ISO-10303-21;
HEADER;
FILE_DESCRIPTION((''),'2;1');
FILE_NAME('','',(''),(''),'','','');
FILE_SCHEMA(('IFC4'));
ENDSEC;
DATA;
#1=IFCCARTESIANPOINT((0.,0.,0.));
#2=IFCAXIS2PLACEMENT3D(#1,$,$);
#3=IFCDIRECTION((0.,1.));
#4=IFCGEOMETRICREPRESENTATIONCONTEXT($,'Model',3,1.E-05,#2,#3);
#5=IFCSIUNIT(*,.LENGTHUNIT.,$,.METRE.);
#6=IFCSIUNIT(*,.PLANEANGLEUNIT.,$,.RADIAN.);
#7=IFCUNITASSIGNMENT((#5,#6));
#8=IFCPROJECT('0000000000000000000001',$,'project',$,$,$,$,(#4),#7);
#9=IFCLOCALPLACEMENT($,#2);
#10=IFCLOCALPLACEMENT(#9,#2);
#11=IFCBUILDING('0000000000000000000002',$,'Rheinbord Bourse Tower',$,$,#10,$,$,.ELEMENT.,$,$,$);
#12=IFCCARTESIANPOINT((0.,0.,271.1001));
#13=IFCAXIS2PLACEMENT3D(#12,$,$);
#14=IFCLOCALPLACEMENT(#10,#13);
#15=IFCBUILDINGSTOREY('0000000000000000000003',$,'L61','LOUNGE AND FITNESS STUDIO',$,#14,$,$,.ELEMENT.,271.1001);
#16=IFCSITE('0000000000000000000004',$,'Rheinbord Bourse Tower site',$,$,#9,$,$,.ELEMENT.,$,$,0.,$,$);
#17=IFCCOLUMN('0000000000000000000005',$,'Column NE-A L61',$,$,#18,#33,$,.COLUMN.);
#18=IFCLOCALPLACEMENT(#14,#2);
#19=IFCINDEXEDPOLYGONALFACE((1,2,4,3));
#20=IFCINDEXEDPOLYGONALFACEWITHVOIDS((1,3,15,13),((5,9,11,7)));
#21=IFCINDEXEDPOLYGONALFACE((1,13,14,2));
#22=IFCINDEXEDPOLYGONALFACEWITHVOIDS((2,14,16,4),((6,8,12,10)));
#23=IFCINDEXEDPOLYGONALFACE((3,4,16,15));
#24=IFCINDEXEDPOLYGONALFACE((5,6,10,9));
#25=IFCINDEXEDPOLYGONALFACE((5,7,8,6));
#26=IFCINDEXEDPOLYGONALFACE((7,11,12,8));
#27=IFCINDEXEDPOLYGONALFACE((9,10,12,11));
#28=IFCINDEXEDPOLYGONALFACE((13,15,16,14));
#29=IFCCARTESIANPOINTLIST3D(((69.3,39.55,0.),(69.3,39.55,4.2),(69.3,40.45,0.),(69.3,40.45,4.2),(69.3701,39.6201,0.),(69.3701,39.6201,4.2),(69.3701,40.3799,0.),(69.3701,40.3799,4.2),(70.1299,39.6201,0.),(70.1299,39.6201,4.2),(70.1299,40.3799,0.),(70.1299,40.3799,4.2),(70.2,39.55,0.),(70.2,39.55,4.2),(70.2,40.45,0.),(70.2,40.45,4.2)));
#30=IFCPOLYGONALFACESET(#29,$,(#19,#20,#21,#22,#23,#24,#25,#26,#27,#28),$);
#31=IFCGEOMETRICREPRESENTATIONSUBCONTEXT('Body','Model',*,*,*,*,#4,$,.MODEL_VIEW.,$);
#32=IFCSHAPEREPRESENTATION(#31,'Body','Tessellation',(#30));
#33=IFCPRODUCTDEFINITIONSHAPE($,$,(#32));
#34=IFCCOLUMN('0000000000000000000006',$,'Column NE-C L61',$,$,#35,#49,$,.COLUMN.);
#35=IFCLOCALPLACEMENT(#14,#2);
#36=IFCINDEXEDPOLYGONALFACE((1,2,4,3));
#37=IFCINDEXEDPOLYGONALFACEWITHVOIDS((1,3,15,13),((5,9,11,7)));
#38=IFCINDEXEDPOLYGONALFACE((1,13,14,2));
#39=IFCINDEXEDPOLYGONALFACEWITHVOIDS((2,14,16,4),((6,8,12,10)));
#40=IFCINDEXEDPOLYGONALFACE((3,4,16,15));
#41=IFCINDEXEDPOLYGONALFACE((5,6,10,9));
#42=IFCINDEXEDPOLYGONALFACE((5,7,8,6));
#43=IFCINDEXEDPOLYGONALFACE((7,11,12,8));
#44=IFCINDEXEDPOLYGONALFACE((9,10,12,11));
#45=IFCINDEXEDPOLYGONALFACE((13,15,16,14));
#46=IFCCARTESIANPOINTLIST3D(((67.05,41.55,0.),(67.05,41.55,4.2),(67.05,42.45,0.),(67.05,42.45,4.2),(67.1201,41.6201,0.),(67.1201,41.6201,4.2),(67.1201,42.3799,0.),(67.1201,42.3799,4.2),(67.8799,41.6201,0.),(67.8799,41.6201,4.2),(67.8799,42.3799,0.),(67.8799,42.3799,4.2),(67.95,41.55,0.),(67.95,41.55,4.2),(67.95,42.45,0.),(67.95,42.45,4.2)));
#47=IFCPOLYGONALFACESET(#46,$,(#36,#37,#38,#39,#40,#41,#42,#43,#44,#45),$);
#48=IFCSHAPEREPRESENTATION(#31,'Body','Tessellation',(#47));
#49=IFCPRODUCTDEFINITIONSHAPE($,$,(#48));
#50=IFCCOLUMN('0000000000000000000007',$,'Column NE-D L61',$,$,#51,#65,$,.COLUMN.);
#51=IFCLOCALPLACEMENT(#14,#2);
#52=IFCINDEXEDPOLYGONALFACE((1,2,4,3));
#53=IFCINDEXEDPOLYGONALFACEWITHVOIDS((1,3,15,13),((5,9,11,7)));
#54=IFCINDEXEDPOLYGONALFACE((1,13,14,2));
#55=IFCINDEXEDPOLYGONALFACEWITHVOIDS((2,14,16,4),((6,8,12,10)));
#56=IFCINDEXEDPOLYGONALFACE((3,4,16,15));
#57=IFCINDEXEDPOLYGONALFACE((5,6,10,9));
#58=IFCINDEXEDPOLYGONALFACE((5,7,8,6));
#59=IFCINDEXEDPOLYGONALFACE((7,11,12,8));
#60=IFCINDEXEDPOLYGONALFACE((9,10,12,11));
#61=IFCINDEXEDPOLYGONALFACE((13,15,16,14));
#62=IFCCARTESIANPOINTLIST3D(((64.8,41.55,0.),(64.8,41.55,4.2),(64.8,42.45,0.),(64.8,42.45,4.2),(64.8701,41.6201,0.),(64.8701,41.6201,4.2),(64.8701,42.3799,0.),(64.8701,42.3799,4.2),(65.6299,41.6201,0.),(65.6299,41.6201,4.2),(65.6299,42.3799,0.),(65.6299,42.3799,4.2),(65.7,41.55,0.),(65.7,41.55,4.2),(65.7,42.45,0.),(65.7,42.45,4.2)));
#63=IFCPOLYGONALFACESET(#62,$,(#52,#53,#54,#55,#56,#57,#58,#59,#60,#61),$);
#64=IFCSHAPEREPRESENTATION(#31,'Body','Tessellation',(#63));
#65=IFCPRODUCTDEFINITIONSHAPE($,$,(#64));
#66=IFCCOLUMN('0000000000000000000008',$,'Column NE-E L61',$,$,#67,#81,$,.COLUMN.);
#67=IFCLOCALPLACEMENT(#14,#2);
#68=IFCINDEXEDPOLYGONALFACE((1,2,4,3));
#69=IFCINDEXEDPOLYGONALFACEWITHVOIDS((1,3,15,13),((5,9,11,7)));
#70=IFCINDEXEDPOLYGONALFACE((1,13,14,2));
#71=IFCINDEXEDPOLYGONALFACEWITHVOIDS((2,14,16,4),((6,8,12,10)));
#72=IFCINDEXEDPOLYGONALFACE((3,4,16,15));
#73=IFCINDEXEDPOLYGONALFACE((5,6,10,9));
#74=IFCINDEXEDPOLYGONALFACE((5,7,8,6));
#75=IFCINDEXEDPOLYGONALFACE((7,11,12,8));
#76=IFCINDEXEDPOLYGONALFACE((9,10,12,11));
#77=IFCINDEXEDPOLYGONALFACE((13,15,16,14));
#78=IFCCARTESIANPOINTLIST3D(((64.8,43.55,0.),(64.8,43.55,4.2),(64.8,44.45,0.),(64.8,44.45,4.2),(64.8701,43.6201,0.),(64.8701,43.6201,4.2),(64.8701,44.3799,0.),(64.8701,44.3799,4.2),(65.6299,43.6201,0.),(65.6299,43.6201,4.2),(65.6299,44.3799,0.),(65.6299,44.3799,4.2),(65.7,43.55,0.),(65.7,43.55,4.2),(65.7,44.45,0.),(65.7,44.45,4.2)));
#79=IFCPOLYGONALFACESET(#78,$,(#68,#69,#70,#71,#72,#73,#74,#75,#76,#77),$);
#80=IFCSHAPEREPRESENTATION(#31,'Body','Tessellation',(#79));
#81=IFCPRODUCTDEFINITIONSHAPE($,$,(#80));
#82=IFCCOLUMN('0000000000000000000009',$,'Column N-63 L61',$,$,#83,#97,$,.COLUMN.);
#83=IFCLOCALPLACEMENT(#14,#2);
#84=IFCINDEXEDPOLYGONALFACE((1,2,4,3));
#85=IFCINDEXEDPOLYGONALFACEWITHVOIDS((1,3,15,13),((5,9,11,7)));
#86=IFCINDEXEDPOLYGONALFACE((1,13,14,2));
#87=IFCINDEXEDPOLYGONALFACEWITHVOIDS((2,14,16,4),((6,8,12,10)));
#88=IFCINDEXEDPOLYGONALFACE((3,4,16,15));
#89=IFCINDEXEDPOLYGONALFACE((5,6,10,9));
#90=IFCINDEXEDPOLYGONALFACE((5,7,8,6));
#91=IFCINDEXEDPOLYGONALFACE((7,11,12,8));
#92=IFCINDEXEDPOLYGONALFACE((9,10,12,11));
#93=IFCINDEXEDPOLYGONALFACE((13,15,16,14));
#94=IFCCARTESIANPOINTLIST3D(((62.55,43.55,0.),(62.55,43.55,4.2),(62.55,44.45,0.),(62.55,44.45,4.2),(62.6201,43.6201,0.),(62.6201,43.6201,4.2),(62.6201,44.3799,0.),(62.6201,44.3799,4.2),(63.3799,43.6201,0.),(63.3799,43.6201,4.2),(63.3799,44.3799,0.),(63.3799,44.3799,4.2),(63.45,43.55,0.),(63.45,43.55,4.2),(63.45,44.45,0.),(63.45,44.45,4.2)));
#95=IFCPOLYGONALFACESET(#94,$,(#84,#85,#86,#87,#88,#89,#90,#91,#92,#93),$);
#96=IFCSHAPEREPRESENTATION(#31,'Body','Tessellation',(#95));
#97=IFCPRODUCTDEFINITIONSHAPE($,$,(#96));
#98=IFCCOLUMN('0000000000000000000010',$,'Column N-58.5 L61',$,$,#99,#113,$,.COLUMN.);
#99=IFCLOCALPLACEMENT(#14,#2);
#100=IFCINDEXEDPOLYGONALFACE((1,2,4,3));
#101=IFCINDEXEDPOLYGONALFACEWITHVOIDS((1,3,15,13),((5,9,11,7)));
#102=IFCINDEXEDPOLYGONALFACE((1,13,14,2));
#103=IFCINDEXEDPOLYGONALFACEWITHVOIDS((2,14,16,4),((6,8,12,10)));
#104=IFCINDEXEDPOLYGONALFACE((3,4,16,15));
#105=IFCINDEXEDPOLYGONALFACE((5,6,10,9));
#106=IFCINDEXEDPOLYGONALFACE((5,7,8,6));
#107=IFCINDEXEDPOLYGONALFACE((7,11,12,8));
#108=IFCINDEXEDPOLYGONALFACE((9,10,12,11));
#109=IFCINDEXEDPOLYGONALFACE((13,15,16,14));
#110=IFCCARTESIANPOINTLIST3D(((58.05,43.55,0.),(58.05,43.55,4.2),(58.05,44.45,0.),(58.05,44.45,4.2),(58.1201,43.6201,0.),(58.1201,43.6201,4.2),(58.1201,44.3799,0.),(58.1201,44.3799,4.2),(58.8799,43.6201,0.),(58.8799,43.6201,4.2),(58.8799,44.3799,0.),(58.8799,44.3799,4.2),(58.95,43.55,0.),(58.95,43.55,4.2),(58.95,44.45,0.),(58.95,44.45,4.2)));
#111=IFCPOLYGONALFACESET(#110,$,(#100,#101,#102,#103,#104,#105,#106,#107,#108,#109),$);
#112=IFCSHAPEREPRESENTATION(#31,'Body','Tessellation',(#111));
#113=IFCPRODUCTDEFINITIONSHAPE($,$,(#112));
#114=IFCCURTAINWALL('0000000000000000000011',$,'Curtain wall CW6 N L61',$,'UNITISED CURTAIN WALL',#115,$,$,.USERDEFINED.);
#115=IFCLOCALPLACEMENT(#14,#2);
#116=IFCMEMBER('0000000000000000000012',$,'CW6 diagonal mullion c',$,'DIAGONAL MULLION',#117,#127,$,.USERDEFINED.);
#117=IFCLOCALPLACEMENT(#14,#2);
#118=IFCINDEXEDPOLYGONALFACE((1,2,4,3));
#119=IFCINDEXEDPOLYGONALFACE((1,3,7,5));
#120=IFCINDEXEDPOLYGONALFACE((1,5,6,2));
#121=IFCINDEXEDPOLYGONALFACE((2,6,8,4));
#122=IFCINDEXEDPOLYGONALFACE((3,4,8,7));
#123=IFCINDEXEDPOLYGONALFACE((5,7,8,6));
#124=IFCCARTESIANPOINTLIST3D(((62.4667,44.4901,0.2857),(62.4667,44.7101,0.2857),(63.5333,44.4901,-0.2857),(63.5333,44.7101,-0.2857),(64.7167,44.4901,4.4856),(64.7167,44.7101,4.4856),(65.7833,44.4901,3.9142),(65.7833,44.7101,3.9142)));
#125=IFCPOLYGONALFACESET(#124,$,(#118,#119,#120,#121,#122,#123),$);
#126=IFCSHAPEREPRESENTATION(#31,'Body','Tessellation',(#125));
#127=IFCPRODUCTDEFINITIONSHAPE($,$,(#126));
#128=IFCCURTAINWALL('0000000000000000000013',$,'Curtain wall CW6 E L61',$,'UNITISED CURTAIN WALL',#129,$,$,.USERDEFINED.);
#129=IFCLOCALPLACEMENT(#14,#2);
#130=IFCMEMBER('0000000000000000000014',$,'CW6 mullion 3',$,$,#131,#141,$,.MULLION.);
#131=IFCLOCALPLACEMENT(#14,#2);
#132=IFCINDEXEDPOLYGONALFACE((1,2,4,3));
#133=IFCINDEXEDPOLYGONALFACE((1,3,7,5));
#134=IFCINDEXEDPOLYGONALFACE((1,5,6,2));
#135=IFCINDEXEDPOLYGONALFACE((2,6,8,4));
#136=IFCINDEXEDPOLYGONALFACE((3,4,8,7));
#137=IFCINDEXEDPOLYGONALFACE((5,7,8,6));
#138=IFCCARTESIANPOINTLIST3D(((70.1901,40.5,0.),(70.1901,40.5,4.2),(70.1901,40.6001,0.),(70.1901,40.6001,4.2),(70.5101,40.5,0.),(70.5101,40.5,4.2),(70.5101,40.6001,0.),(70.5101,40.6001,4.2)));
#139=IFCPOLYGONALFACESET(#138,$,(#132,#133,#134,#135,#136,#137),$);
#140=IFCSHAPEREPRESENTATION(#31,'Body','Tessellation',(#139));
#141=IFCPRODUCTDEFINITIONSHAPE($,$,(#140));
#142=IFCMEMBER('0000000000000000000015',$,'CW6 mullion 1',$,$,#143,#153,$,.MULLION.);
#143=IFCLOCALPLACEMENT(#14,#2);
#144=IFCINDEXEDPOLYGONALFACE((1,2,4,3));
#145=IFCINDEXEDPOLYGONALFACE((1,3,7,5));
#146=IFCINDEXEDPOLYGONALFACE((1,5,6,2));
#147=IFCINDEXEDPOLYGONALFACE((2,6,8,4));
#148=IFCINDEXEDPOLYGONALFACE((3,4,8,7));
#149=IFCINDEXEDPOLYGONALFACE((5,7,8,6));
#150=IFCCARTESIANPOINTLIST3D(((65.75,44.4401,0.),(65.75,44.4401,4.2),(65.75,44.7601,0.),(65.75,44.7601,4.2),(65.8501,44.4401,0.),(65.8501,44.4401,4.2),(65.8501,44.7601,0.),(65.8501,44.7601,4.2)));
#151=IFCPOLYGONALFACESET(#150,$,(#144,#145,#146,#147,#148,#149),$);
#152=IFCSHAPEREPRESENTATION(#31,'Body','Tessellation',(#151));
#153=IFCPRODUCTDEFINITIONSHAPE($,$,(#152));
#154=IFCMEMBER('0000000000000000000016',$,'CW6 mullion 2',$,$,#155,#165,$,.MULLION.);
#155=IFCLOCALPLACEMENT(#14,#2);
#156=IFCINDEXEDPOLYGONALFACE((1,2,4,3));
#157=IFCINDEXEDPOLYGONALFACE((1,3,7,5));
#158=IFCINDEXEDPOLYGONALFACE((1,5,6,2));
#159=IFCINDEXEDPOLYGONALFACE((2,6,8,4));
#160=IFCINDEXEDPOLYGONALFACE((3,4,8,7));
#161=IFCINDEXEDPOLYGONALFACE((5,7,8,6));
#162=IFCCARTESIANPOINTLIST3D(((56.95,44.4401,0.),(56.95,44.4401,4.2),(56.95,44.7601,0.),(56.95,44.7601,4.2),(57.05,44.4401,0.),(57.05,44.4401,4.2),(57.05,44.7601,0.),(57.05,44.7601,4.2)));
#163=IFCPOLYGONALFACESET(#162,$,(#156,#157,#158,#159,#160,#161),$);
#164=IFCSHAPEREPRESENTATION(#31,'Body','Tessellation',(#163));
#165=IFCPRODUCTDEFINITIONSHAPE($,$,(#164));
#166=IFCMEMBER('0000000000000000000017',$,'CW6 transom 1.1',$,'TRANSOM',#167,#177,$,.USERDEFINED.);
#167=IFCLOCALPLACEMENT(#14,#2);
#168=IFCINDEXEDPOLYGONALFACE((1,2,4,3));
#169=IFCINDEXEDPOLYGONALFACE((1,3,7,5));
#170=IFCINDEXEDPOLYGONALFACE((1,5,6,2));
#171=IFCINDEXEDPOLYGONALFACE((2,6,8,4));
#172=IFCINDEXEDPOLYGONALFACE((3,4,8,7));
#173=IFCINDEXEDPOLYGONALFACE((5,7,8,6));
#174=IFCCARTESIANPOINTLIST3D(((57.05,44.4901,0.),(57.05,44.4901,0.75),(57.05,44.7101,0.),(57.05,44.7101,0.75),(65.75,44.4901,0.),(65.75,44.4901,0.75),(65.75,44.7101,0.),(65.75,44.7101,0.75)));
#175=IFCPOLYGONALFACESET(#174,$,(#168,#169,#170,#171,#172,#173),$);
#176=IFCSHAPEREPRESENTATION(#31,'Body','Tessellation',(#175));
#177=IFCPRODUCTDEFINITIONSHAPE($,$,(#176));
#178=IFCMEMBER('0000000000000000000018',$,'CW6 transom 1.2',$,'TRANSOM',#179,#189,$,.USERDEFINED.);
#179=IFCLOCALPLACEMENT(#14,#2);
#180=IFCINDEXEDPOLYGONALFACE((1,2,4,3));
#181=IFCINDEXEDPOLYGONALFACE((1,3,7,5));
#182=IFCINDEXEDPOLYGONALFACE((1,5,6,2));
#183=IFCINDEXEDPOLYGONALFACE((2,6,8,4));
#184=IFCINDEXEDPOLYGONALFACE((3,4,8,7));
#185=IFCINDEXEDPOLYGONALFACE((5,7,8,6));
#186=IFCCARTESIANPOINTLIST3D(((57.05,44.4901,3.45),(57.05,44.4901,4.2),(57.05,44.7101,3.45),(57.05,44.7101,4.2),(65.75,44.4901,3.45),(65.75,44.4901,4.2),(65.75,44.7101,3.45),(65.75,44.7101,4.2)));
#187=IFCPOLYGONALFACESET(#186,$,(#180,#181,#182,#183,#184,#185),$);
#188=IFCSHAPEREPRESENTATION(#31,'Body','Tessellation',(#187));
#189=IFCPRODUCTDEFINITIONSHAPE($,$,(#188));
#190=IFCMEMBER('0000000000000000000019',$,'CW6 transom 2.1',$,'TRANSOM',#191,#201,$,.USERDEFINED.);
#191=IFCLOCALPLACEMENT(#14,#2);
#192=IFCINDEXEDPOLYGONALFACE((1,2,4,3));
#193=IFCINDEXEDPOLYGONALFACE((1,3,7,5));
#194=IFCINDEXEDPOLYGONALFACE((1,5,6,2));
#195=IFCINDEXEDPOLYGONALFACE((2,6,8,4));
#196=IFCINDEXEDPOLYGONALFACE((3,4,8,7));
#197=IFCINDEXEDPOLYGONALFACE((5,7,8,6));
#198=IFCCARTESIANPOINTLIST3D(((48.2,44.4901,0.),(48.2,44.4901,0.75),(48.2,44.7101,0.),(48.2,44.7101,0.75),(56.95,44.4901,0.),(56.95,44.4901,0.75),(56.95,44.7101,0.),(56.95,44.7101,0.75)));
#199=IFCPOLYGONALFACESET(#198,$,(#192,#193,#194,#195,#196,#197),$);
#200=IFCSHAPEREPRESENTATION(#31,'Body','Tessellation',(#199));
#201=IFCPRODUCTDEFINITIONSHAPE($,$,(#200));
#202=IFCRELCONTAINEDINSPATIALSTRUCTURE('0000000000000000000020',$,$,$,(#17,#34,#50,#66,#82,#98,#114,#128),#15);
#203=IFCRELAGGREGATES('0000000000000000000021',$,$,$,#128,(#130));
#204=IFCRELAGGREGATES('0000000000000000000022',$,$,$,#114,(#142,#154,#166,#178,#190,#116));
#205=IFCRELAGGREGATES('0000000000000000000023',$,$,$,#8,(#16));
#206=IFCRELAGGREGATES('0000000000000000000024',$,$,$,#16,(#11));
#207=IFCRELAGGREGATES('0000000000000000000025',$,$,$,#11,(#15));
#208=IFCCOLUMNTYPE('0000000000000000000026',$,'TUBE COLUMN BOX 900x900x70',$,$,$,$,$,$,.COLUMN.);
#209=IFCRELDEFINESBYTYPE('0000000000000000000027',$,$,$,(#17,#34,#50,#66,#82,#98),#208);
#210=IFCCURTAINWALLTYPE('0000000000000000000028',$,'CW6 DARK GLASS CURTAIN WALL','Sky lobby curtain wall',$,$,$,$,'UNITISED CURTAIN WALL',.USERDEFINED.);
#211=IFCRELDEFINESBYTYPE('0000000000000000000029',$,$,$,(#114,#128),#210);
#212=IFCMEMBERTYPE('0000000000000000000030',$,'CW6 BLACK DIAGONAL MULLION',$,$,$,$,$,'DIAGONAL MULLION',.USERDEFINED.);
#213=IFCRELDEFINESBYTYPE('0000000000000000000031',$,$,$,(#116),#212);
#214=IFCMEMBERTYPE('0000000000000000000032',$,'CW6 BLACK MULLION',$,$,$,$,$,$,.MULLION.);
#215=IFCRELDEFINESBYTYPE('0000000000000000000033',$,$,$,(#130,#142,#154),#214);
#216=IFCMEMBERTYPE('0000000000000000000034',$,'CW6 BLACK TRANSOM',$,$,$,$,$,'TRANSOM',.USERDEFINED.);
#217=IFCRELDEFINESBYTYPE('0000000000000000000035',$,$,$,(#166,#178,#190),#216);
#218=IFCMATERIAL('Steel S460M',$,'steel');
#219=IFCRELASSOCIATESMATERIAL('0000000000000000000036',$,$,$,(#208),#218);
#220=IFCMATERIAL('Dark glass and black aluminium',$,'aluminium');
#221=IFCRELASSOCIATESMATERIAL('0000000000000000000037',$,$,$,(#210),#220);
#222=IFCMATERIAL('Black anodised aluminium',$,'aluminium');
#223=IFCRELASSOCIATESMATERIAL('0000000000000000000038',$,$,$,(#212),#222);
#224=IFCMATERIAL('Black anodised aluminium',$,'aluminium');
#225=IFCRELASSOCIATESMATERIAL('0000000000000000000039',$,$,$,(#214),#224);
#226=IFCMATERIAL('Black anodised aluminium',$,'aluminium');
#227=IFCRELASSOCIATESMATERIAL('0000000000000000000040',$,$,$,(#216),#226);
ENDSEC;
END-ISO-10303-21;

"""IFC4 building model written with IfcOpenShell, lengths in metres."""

from ifc_helpers import new_model, si_unit, direction, frame, origin, origin_2d, place, context, subcontext, project, spatial, rectangle, hollow_rectangle, extrude, material, material_profile, profile_set, type_object, element, aggregate, save


model = new_model("IFC4")

# Units and contexts
model_context = context("Model", 3, precision=1e-05, world=origin(), true_north=direction((0.0, 1.0)))
body_context = subcontext(model_context, "Body", "Model", "MODEL_VIEW")
ifc_project = project(units=[si_unit("LENGTHUNIT", "METRE"), si_unit("PLANEANGLEUNIT", "RADIAN")], contexts=[model_context])

# Site, building, storey
site_placement = place(None, origin())
site = spatial("IfcSite", under=ifc_project, at=site_placement, Name="Rheinbord Bourse Tower site", CompositionType="ELEMENT", RefElevation=0.0)
building_placement = place(site_placement, origin())
building = spatial("IfcBuilding", under=site, at=building_placement, Name="Rheinbord Bourse Tower", CompositionType="ELEMENT")
storey_placement = place(building_placement, frame((0.0, 0.0, 271.1001)))
storey = spatial("IfcBuildingStorey", under=building, at=storey_placement, Name="L61", Description="LOUNGE AND FITNESS STUDIO", CompositionType="ELEMENT", Elevation=271.1001)

# Columns
ifc_material_1 = material(Name="Steel S460M", Category="steel")
ifc_material_profile_1 = material_profile(ifc_material_1, hollow_rectangle(XDim=0.8999, YDim=0.8999, WallThickness=0.0701, at=origin_2d()), Name="BOX 900x900x70")
ifc_profile_set_1 = profile_set([ifc_material_profile_1], Name="Steel S460M")
column_type = type_object("IfcColumnType", Name="TUBE COLUMN BOX 900x900x70", PredefinedType="COLUMN", material=ifc_profile_set_1)
for number, where, z_axis, x_axis, name in (
    (1, (69.75, 40.0, 0.0), (0.0, 0.0, 1.0), (1.0, 0.0, 0.0), "Column NE-A L61"),
    (2, (67.5, 42.0, 0.0), (0.0, 0.0, 1.0), (1.0, 0.0, 0.0), "Column NE-C L61"),
    (3, (65.25, 42.0, 0.0), (0.0, 0.0, 1.0), (0.0, 1.0, 0.0), "Column NE-D L61"),
    (4, (65.25, 44.0, 0.0), (0.0, 0.0, 1.0), (0.0, 1.0, 0.0), "Column NE-E L61"),
    (5, (63.0, 44.0, 0.0), (0.0, 0.0, 1.0), (0.0, 1.0, 0.0), "Column N-63 L61"),
    (6, (58.5, 44.0, 0.0), (0.0, 0.0, 1.0), (0.0, 1.0, 0.0), "Column N-58.5 L61"),
):
    element("IfcColumn", number, at=place(storey_placement, frame(where, z_axis=z_axis, x_axis=x_axis)), inside=storey, type_object=column_type, Name=name, PredefinedType="COLUMN", context=body_context, shape_type="SweptSolid", body=[
        extrude(hollow_rectangle(XDim=0.8999, YDim=0.8999, WallThickness=0.0701, at=origin_2d()), origin(), (0.0, 0.0, 1.0), 4.2),
    ])

# Curtain walls, members
ifc_material_2 = material(Name="Dark glass and black aluminium", Category="aluminium")
curtain_wall_type = type_object("IfcCurtainWallType", Name="CW6 DARK GLASS CURTAIN WALL", Description="Sky lobby curtain wall", ElementType="UNITISED CURTAIN WALL", PredefinedType="USERDEFINED", material=ifc_material_2)
curtain_wall_1_placement = place(storey_placement, origin())
curtain_wall_1 = element("IfcCurtainWall", 7, at=curtain_wall_1_placement, inside=storey, type_object=curtain_wall_type, Name="Curtain wall CW6 N L61", ObjectType="UNITISED CURTAIN WALL", PredefinedType="USERDEFINED")
ifc_material_3 = material(Name="Black anodised aluminium", Category="aluminium")
ifc_material_profile_2 = material_profile(ifc_material_3, rectangle(XDim=0.22, YDim=1.21, at=origin_2d()), Name="CW6 DIAGONAL MULLION 1210x220")
ifc_profile_set_2 = profile_set([ifc_material_profile_2], Name="Black anodised aluminium")
member_type_1 = type_object("IfcMemberType", Name="CW6 BLACK DIAGONAL MULLION", ElementType="DIAGONAL MULLION", PredefinedType="USERDEFINED", material=ifc_profile_set_2)
member_1_placement = place(storey_placement, frame((63.0, 44.6001, 0.0), z_axis=(0.472226, 0.0, 0.881478), x_axis=(0.0, 1.0, 0.0)))
member_1 = element("IfcMember", 8, at=member_1_placement, type_object=member_type_1, Name="CW6 diagonal mullion c", ObjectType="DIAGONAL MULLION", PredefinedType="USERDEFINED", context=body_context, shape_type="SweptSolid", body=[
    extrude(rectangle(XDim=0.22, YDim=1.21, at=origin_2d()), origin(), (0.0, 0.0, 1.0), 4.7646),
])
curtain_wall_2_placement = place(storey_placement, origin())
curtain_wall_2 = element("IfcCurtainWall", 9, at=curtain_wall_2_placement, inside=storey, type_object=curtain_wall_type, Name="Curtain wall CW6 E L61", ObjectType="UNITISED CURTAIN WALL", PredefinedType="USERDEFINED")
ifc_material_4 = material(Name="Black anodised aluminium", Category="aluminium")
ifc_material_profile_3 = material_profile(ifc_material_4, rectangle(XDim=0.3201, YDim=0.1001, at=origin_2d()), Name="CW6 MULLION 100x320")
ifc_profile_set_3 = profile_set([ifc_material_profile_3], Name="Black anodised aluminium")
member_type_2 = type_object("IfcMemberType", Name="CW6 BLACK MULLION", PredefinedType="MULLION", material=ifc_profile_set_3)
member_2_placement = place(storey_placement, frame((70.3501, 40.55, 0.0), z_axis=(0.0, 0.0, 1.0), x_axis=(-1.0, 0.0, 0.0)))
member_2 = element("IfcMember", 10, at=member_2_placement, type_object=member_type_2, Name="CW6 mullion 3", PredefinedType="MULLION", context=body_context, shape_type="SweptSolid", body=[
    extrude(rectangle(XDim=0.3201, YDim=0.1001, at=origin_2d()), origin(), (0.0, 0.0, 1.0), 4.2),
])

# Members
member_3_placement = place(storey_placement, frame((65.8, 44.6001, 0.0), z_axis=(0.0, 0.0, 1.0), x_axis=(0.0, -1.0, 0.0)))
member_3 = element("IfcMember", 11, at=member_3_placement, type_object=member_type_2, Name="CW6 mullion 1", PredefinedType="MULLION", context=body_context, shape_type="SweptSolid", body=[
    extrude(rectangle(XDim=0.3201, YDim=0.1001, at=origin_2d()), origin(), (0.0, 0.0, 1.0), 4.2),
])
member_4_placement = place(storey_placement, frame((57.0, 44.6001, 0.0), z_axis=(0.0, 0.0, 1.0), x_axis=(0.0, -1.0, 0.0)))
member_4 = element("IfcMember", 12, at=member_4_placement, type_object=member_type_2, Name="CW6 mullion 2", PredefinedType="MULLION", context=body_context, shape_type="SweptSolid", body=[
    extrude(rectangle(XDim=0.3201, YDim=0.1001, at=origin_2d()), origin(), (0.0, 0.0, 1.0), 4.2),
])
ifc_material_5 = material(Name="Black anodised aluminium", Category="aluminium")
ifc_material_profile_4 = material_profile(ifc_material_5, rectangle(XDim=0.22, YDim=0.75, at=origin_2d()), Name="CW6 TRANSOM 750x220")
ifc_profile_set_4 = profile_set([ifc_material_profile_4], Name="Black anodised aluminium")
member_type_3 = type_object("IfcMemberType", Name="CW6 BLACK TRANSOM", ElementType="TRANSOM", PredefinedType="USERDEFINED", material=ifc_profile_set_4)
member_5_placement = place(storey_placement, frame((65.75, 44.6001, 0.375), z_axis=(-1.0, 0.0, 0.0), x_axis=(0.0, -1.0, 0.0)))
member_5 = element("IfcMember", 13, at=member_5_placement, type_object=member_type_3, Name="CW6 transom 1.1", ObjectType="TRANSOM", PredefinedType="USERDEFINED", context=body_context, shape_type="SweptSolid", body=[
    extrude(rectangle(XDim=0.22, YDim=0.75, at=origin_2d()), origin(), (0.0, 0.0, 1.0), 8.7),
])
member_6_placement = place(storey_placement, frame((65.75, 44.6001, 3.825), z_axis=(-1.0, 0.0, 0.0), x_axis=(0.0, -1.0, 0.0)))
member_6 = element("IfcMember", 14, at=member_6_placement, type_object=member_type_3, Name="CW6 transom 1.2", ObjectType="TRANSOM", PredefinedType="USERDEFINED", context=body_context, shape_type="SweptSolid", body=[
    extrude(rectangle(XDim=0.22, YDim=0.75, at=origin_2d()), origin(), (0.0, 0.0, 1.0), 8.7),
])
member_7_placement = place(storey_placement, frame((56.95, 44.6001, 0.375), z_axis=(-1.0, 0.0, 0.0), x_axis=(0.0, -1.0, 0.0)))
member_7 = element("IfcMember", 15, at=member_7_placement, type_object=member_type_3, Name="CW6 transom 2.1", ObjectType="TRANSOM", PredefinedType="USERDEFINED", context=body_context, shape_type="SweptSolid", body=[
    extrude(rectangle(XDim=0.22, YDim=0.75, at=origin_2d()), origin(), (0.0, 0.0, 1.0), 8.75),
])

aggregate(curtain_wall_2, [member_2])
aggregate(curtain_wall_1, [member_3, member_4, member_5, member_6, member_7, member_1])

save(model, "model.ifc")
